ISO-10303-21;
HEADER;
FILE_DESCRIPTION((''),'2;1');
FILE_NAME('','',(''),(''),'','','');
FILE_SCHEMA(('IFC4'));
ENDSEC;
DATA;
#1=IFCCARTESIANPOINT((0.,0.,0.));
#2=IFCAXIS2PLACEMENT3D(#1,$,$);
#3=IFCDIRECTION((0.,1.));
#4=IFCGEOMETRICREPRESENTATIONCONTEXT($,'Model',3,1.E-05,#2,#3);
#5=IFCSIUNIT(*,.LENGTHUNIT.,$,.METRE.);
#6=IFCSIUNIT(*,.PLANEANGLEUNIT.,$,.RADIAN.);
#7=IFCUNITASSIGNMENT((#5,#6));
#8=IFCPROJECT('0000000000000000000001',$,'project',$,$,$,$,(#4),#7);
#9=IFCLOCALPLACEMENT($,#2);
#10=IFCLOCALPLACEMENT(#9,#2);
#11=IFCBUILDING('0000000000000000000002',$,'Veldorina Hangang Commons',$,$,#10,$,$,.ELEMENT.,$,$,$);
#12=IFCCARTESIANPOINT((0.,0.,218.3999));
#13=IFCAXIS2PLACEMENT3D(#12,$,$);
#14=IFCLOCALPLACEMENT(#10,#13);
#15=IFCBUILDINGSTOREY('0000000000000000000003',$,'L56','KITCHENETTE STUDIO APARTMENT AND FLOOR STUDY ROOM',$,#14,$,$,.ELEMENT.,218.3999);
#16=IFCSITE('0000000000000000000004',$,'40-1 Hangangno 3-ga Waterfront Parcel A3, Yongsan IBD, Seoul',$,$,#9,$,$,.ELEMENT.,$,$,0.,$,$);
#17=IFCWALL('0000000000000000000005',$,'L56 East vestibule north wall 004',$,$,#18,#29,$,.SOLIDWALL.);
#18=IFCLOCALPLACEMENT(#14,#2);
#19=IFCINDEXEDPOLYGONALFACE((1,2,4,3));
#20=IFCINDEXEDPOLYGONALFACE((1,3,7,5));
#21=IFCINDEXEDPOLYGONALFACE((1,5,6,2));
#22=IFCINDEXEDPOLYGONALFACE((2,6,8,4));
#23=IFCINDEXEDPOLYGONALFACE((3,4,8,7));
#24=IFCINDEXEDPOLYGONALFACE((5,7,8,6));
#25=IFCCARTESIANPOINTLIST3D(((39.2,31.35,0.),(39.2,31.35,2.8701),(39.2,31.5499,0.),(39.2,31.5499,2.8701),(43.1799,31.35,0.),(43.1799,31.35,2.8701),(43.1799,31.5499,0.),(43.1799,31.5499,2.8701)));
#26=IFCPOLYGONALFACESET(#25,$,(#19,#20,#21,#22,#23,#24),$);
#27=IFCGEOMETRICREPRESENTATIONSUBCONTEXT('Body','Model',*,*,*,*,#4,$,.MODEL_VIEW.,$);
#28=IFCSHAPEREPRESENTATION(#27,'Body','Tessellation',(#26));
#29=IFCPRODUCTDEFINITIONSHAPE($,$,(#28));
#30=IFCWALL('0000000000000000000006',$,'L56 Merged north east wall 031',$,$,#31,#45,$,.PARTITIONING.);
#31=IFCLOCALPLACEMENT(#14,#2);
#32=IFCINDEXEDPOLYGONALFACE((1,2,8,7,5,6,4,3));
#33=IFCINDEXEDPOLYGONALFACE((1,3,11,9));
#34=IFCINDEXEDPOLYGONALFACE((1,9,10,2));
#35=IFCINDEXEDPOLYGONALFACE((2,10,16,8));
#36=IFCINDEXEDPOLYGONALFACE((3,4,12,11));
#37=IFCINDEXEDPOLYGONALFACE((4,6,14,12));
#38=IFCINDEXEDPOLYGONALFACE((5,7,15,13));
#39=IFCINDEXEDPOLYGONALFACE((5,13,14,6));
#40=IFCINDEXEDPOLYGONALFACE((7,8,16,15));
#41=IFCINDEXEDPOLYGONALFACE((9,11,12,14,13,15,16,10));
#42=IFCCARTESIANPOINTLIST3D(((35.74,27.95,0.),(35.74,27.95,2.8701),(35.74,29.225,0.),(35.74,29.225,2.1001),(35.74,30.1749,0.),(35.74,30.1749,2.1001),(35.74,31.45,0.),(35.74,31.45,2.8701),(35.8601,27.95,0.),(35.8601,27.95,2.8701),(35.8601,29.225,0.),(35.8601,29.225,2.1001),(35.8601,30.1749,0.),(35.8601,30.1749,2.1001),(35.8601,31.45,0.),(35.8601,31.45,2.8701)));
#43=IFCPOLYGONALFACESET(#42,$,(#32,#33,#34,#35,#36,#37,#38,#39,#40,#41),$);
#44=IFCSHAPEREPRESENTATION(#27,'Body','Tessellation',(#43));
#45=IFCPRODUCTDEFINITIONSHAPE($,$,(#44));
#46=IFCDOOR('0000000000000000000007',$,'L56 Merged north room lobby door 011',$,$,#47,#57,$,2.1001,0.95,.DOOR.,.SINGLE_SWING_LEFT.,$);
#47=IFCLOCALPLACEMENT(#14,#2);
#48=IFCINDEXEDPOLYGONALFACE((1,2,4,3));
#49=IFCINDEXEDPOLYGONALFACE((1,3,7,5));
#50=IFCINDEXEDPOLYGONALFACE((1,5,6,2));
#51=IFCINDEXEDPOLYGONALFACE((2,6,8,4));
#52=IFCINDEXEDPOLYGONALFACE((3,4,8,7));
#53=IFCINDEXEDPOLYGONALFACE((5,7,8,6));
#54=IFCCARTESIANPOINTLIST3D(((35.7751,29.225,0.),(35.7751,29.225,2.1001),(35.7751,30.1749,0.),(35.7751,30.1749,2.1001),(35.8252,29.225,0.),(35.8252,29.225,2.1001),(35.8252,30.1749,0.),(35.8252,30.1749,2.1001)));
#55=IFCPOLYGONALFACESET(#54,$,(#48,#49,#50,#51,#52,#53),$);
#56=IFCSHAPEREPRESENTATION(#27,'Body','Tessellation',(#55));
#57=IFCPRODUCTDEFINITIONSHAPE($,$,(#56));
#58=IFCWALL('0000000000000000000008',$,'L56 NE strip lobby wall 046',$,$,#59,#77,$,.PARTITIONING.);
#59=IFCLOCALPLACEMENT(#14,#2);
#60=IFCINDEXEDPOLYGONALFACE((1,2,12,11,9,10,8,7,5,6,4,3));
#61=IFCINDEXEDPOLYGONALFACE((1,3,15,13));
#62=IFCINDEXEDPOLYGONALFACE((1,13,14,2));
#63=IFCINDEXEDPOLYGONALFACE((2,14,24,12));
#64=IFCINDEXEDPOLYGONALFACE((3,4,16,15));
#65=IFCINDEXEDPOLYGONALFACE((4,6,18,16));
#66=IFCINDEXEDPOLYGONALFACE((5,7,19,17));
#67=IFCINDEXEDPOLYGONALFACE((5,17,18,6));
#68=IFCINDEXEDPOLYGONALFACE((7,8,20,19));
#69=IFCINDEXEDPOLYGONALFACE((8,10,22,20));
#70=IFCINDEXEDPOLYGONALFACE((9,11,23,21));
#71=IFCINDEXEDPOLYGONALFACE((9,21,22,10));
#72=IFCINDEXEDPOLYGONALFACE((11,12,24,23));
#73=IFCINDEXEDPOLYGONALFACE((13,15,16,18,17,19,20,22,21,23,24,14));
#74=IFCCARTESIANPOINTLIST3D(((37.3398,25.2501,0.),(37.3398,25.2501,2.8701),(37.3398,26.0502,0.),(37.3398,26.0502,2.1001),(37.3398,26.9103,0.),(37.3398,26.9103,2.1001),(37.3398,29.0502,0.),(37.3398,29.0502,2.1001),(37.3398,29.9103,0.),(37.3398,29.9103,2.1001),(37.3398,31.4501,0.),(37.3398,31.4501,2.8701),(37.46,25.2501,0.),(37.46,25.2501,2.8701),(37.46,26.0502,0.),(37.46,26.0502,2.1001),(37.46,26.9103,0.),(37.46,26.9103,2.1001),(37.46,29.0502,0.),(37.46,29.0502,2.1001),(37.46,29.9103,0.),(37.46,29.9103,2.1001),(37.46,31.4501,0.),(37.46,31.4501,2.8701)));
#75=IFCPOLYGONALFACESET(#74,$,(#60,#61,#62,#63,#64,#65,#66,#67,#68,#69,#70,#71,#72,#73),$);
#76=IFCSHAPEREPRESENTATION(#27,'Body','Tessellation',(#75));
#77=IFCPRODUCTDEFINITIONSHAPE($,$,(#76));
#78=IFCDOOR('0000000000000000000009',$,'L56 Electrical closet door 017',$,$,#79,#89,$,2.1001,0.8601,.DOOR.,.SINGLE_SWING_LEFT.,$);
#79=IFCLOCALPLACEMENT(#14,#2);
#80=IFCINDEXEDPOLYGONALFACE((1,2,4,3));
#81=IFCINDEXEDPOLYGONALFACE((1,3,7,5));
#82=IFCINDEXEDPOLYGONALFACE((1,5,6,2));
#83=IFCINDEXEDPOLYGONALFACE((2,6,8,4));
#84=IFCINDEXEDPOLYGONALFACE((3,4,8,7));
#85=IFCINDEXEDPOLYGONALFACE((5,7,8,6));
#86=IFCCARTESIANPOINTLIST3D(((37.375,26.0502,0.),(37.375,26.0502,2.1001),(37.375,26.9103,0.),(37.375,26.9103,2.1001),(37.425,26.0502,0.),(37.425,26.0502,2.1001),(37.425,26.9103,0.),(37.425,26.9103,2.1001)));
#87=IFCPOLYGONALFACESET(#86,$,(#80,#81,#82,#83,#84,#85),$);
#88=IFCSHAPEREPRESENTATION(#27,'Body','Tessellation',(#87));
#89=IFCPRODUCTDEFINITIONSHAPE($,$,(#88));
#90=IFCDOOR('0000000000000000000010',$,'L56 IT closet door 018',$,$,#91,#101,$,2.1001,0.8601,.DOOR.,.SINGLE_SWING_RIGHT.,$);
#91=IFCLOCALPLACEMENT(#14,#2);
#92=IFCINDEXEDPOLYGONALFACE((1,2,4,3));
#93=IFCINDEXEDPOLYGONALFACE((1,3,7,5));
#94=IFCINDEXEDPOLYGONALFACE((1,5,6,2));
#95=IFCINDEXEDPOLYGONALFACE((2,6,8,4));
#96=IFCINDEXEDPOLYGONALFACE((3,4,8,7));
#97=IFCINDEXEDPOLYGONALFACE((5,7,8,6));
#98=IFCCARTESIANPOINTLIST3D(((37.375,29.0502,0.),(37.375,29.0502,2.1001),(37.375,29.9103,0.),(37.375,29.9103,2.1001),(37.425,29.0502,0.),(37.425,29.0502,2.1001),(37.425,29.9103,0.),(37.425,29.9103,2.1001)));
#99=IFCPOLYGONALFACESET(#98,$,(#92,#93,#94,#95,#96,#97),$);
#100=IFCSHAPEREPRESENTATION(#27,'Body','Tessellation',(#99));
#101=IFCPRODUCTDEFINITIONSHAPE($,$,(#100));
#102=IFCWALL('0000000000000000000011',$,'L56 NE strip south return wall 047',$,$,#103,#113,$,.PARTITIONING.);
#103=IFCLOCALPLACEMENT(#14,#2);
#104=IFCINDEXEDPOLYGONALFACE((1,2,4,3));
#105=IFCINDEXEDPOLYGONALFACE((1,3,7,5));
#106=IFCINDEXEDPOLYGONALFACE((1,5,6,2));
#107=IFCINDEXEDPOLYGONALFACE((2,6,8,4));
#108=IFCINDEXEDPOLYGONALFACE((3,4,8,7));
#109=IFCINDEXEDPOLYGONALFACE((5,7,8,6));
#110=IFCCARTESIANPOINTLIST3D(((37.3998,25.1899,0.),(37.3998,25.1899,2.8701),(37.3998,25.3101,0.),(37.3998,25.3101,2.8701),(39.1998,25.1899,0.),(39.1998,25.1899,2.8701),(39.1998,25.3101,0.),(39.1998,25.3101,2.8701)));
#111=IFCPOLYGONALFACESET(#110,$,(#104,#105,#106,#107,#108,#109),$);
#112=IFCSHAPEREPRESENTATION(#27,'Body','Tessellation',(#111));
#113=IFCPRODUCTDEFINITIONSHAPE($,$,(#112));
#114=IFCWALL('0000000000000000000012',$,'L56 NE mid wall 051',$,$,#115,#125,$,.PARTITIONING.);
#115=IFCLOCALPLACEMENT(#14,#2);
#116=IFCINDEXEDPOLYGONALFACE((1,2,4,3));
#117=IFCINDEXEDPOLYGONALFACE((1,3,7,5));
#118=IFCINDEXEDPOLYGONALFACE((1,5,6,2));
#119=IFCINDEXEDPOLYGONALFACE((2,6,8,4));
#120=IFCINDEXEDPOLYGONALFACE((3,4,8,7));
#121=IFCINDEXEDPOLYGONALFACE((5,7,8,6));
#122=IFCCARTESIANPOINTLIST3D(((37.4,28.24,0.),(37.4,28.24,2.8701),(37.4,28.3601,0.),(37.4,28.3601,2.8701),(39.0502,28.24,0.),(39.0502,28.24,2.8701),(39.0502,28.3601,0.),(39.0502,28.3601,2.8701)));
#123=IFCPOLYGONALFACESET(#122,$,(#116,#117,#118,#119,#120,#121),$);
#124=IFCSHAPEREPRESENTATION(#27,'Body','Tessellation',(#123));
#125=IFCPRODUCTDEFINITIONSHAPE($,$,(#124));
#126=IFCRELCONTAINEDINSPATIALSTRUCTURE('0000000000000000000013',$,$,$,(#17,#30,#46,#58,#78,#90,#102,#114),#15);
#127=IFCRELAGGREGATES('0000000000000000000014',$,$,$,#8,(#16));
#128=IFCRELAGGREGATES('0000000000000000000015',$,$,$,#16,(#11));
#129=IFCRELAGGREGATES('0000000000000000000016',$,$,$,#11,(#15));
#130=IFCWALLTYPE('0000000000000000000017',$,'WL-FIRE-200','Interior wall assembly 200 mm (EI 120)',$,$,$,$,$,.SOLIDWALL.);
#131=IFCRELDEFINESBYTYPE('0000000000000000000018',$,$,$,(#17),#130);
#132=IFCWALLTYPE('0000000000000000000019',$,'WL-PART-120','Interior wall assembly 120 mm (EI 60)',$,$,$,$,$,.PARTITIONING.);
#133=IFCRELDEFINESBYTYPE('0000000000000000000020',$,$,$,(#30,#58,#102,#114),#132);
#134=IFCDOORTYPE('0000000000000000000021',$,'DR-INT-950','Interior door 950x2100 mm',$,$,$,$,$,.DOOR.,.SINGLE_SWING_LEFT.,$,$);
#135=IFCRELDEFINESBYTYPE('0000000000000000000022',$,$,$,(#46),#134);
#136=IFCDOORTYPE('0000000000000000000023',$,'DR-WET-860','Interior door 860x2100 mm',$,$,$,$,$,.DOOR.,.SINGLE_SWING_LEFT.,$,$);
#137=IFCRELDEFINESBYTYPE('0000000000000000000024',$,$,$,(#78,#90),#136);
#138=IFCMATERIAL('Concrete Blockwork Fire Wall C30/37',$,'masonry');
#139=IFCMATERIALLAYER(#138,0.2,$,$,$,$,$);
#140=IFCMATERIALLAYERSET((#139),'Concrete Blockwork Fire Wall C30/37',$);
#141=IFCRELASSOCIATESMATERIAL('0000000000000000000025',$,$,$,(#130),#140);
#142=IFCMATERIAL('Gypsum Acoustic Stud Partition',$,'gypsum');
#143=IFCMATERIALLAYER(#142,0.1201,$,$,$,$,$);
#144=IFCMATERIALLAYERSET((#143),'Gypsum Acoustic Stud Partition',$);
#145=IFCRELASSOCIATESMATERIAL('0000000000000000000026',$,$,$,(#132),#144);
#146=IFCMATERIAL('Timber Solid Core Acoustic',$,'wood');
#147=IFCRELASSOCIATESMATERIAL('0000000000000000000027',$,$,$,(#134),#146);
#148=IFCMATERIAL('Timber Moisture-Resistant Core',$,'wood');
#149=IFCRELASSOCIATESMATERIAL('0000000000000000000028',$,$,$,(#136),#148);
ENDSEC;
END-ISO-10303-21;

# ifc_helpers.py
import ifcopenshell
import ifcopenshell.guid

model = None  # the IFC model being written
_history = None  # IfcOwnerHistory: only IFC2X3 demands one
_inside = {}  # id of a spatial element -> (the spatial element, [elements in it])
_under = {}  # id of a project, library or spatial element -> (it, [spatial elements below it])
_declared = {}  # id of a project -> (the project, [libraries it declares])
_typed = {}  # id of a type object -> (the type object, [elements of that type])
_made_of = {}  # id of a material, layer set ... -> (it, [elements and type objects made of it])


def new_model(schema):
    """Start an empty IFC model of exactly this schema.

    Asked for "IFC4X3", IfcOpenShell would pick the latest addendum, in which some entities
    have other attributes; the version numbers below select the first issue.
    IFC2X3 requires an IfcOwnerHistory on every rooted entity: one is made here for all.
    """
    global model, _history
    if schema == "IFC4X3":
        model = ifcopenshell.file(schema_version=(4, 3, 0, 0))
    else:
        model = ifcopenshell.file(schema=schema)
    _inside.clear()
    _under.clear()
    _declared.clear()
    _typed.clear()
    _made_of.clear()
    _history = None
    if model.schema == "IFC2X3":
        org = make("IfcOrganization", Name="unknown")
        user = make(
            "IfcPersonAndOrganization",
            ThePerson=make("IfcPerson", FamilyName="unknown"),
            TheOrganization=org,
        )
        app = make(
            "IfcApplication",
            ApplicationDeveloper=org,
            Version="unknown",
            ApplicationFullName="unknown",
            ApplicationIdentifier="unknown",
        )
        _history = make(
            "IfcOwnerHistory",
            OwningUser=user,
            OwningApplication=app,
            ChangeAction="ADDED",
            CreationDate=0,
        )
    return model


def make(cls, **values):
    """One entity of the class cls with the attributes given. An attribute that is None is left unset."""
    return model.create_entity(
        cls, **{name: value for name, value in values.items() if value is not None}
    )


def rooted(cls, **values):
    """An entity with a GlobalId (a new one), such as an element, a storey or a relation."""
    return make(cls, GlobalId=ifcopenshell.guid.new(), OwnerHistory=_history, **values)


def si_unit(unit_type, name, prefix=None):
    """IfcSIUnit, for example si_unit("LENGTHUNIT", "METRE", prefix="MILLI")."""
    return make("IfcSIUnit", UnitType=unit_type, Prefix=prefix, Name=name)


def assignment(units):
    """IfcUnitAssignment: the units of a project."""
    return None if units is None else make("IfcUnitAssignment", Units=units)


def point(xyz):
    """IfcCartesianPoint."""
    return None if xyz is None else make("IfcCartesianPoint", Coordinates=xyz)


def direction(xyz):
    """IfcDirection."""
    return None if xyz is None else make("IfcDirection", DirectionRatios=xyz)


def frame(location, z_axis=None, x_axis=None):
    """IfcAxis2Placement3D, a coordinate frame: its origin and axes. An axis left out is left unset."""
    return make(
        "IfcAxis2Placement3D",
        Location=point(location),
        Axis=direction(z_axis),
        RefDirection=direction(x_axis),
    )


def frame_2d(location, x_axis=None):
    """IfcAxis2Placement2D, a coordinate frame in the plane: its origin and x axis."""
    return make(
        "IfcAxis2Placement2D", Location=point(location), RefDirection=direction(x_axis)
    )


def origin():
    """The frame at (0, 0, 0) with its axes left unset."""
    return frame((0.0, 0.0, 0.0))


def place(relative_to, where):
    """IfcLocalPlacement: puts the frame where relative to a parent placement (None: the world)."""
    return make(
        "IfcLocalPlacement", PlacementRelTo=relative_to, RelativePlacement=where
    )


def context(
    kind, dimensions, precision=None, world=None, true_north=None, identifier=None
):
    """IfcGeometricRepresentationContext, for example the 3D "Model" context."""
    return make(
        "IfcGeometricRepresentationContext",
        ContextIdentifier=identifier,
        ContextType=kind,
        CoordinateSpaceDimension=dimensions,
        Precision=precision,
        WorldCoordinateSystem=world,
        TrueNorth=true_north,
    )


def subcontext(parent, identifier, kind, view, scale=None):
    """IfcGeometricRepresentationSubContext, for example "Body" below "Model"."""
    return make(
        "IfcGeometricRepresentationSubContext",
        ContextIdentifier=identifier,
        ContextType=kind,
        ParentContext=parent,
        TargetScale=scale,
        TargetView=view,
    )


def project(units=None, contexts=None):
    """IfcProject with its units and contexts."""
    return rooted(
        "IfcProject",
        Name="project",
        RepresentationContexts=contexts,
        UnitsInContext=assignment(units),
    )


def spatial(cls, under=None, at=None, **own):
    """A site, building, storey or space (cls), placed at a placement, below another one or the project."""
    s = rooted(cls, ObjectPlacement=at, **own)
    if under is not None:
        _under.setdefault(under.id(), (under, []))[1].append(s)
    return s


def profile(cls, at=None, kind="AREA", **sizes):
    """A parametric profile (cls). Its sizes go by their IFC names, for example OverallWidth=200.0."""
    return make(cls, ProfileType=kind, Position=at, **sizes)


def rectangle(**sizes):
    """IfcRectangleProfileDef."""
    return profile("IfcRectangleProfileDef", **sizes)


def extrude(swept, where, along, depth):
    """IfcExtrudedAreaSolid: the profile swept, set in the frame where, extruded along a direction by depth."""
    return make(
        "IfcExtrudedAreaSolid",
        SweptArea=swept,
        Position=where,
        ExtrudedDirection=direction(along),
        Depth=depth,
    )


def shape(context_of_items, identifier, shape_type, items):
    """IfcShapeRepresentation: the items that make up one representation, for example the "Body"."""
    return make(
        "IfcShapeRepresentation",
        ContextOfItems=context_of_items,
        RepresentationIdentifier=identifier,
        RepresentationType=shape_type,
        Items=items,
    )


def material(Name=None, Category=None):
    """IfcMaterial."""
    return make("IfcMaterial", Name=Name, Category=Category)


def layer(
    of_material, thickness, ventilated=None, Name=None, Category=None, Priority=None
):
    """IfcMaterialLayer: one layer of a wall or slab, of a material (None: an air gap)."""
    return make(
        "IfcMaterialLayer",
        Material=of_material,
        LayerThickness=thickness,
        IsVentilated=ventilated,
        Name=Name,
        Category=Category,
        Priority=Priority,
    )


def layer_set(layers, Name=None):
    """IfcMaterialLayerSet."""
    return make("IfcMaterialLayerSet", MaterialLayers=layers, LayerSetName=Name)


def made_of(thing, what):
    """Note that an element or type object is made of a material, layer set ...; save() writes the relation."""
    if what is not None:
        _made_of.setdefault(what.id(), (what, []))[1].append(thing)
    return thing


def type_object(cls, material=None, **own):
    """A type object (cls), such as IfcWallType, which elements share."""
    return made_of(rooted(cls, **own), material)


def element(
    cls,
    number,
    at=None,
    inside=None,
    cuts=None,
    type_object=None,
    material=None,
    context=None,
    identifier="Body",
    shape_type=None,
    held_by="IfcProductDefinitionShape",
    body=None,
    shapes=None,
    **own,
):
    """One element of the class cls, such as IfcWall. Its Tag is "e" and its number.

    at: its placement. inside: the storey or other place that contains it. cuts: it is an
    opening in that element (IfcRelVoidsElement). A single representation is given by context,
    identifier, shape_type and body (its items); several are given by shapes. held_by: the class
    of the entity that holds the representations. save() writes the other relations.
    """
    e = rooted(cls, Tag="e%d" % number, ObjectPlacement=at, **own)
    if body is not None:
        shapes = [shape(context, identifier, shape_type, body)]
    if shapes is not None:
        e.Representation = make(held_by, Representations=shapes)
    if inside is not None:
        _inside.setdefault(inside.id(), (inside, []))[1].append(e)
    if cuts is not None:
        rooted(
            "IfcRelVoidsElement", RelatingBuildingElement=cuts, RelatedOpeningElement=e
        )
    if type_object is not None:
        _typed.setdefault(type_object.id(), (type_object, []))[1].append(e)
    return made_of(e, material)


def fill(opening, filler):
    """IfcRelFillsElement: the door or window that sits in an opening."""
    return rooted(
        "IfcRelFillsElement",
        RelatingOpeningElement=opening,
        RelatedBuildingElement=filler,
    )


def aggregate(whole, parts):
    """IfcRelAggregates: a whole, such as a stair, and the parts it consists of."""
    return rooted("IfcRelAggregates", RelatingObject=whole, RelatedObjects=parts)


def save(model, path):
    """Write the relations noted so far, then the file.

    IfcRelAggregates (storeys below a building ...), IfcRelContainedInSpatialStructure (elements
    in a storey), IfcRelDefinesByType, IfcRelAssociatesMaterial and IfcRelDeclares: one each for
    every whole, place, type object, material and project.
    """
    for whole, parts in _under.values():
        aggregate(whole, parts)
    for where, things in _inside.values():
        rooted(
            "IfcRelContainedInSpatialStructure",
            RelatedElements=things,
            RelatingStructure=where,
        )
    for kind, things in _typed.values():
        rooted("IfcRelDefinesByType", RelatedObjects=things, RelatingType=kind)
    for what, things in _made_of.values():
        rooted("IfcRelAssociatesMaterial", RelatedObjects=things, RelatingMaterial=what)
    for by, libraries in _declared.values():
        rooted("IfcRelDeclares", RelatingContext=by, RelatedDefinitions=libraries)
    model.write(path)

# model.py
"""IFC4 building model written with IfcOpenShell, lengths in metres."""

from ifc_helpers import new_model, si_unit, direction, frame, frame_2d, origin, place, context, subcontext, project, spatial, rectangle, extrude, material, layer, layer_set, type_object, element, fill, save


model = new_model("IFC4")

# Units and contexts
model_context = context("Model", 3, precision=1e-05, world=origin(), true_north=direction((0.0, 1.0)))
body_context = subcontext(model_context, "Body", "Model", "MODEL_VIEW")
ifc_project = project(units=[si_unit("LENGTHUNIT", "METRE"), si_unit("PLANEANGLEUNIT", "RADIAN")], contexts=[model_context])

# Site, building, storey
site_placement = place(None, origin())
site = spatial("IfcSite", under=ifc_project, at=site_placement, Name="40-1 Hangangno 3-ga Waterfront Parcel A3, Yongsan IBD, Seoul", CompositionType="ELEMENT", RefElevation=0.0)
building_placement = place(site_placement, origin())
building = spatial("IfcBuilding", under=site, at=building_placement, Name="Veldorina Hangang Commons", CompositionType="ELEMENT")
storey_placement = place(building_placement, frame((0.0, 0.0, 218.3999)))
storey = spatial("IfcBuildingStorey", under=building, at=storey_placement, Name="L56", Description="KITCHENETTE STUDIO APARTMENT AND FLOOR STUDY ROOM", CompositionType="ELEMENT", Elevation=218.3999)

# Wall
ifc_material_1 = material(Name="Concrete Blockwork Fire Wall C30/37", Category="masonry")
ifc_layer_1 = layer(ifc_material_1, 0.2)
ifc_layer_set_1 = layer_set([ifc_layer_1], Name="Concrete Blockwork Fire Wall C30/37")
wall_type_1 = type_object("IfcWallType", Name="WL-FIRE-200", Description="Interior wall assembly 200 mm (EI 120)", PredefinedType="SOLIDWALL", material=ifc_layer_set_1)
wall_1_placement = place(storey_placement, frame((39.2, 31.45, 0.0), z_axis=(0.0, 0.0, 1.0), x_axis=(1.0, 0.0, 0.0)))
element("IfcWall", 1, at=wall_1_placement, inside=storey, type_object=wall_type_1, Name="L56 East vestibule north wall 004", PredefinedType="SOLIDWALL", context=body_context, shape_type="SweptSolid", body=[
    extrude(rectangle(XDim=3.98, YDim=0.2, at=frame_2d((1.99, 0.0))), origin(), (0.0, 0.0, 1.0), 2.8701),
])

# Wall, opening, door
ifc_material_2 = material(Name="Gypsum Acoustic Stud Partition", Category="gypsum")
ifc_layer_2 = layer(ifc_material_2, 0.1201)
ifc_layer_set_2 = layer_set([ifc_layer_2], Name="Gypsum Acoustic Stud Partition")
wall_type_2 = type_object("IfcWallType", Name="WL-PART-120", Description="Interior wall assembly 120 mm (EI 60)", PredefinedType="PARTITIONING", material=ifc_layer_set_2)
wall_2_placement = place(storey_placement, frame((35.8, 27.95, 0.0), z_axis=(0.0, 0.0, 1.0), x_axis=(0.0, 1.0, 0.0)))
wall_2 = element("IfcWall", 2, at=wall_2_placement, inside=storey, type_object=wall_type_2, Name="L56 Merged north east wall 031", PredefinedType="PARTITIONING", context=body_context, shape_type="SweptSolid", body=[
    extrude(rectangle(XDim=3.5, YDim=0.1201, at=frame_2d((1.75, 0.0))), origin(), (0.0, 0.0, 1.0), 2.8701),
])
opening_1_placement = place(wall_2_placement, frame((1.2749, 0.0, 0.0)))
opening_1 = element("IfcOpeningElement", 3, at=opening_1_placement, cuts=wall_2, PredefinedType="OPENING", context=body_context, shape_type="SweptSolid", body=[
    extrude(rectangle(XDim=0.95, YDim=2.1001, at=frame_2d((0.4751, 1.05))), frame((0.0, 0.0701, 0.0), z_axis=(0.0, -1.0, 0.0), x_axis=(1.0, 0.0, 0.0)), (0.0, 0.0, 1.0), 0.1401),
])
ifc_material_3 = material(Name="Timber Solid Core Acoustic", Category="wood")
door_type_1 = type_object("IfcDoorType", Name="DR-INT-950", Description="Interior door 950x2100 mm", OperationType="SINGLE_SWING_LEFT", PredefinedType="DOOR", material=ifc_material_3)
door_1_placement = place(opening_1_placement, origin())
door_1 = element("IfcDoor", 4, at=door_1_placement, inside=storey, type_object=door_type_1, Name="L56 Merged north room lobby door 011", OperationType="SINGLE_SWING_LEFT", OverallHeight=2.1001, OverallWidth=0.95, PredefinedType="DOOR", context=body_context, shape_type="SweptSolid", body=[
    extrude(rectangle(XDim=0.95, YDim=2.1001, at=frame_2d((0.4751, 1.05))), frame((0.0, 0.0249, 0.0), z_axis=(0.0, -1.0, 0.0), x_axis=(1.0, 0.0, 0.0)), (0.0, 0.0, 1.0), 0.05),
])
fill(opening_1, door_1)

# Wall, openings, doors
wall_3_placement = place(storey_placement, frame((37.3999, 25.25, 0.0), z_axis=(0.0, 0.0, 1.0), x_axis=(0.0, 1.0, 0.0)))
wall_3 = element("IfcWall", 5, at=wall_3_placement, inside=storey, type_object=wall_type_2, Name="L56 NE strip lobby wall 046", PredefinedType="PARTITIONING", context=body_context, shape_type="SweptSolid", body=[
    extrude(rectangle(XDim=6.2, YDim=0.1201, at=frame_2d((3.1001, 0.0))), origin(), (0.0, 0.0, 1.0), 2.8701),
])
opening_2_placement = place(wall_3_placement, frame((0.8, 0.0, 0.0)))
opening_2 = element("IfcOpeningElement", 6, at=opening_2_placement, cuts=wall_3, PredefinedType="OPENING", context=body_context, shape_type="SweptSolid", body=[
    extrude(rectangle(XDim=0.8601, YDim=2.1001, at=frame_2d((0.4302, 1.05))), frame((0.0, 0.0701, 0.0), z_axis=(0.0, -1.0, 0.0), x_axis=(1.0, 0.0, 0.0)), (0.0, 0.0, 1.0), 0.1401),
])
opening_3_placement = place(wall_3_placement, frame((3.8, 0.0, 0.0)))
opening_3 = element("IfcOpeningElement", 7, at=opening_3_placement, cuts=wall_3, PredefinedType="OPENING", context=body_context, shape_type="SweptSolid", body=[
    extrude(rectangle(XDim=0.8601, YDim=2.1001, at=frame_2d((0.4302, 1.05))), frame((0.0, 0.0701, 0.0), z_axis=(0.0, -1.0, 0.0), x_axis=(1.0, 0.0, 0.0)), (0.0, 0.0, 1.0), 0.1401),
])
ifc_material_4 = material(Name="Timber Moisture-Resistant Core", Category="wood")
door_type_2 = type_object("IfcDoorType", Name="DR-WET-860", Description="Interior door 860x2100 mm", OperationType="SINGLE_SWING_LEFT", PredefinedType="DOOR", material=ifc_material_4)
door_2_placement = place(opening_2_placement, origin())
door_2 = element("IfcDoor", 8, at=door_2_placement, inside=storey, type_object=door_type_2, Name="L56 Electrical closet door 017", OperationType="SINGLE_SWING_LEFT", OverallHeight=2.1001, OverallWidth=0.8601, PredefinedType="DOOR", context=body_context, shape_type="SweptSolid", body=[
    extrude(rectangle(XDim=0.8601, YDim=2.1001, at=frame_2d((0.4302, 1.05))), frame((0.0, 0.0249, 0.0), z_axis=(0.0, -1.0, 0.0), x_axis=(1.0, 0.0, 0.0)), (0.0, 0.0, 1.0), 0.05),
])
fill(opening_2, door_2)
door_3_placement = place(opening_3_placement, origin())
door_3 = element("IfcDoor", 9, at=door_3_placement, inside=storey, type_object=door_type_2, Name="L56 IT closet door 018", OperationType="SINGLE_SWING_RIGHT", OverallHeight=2.1001, OverallWidth=0.8601, PredefinedType="DOOR", context=body_context, shape_type="SweptSolid", body=[
    extrude(rectangle(XDim=0.8601, YDim=2.1001, at=frame_2d((0.4302, 1.05))), frame((0.0, 0.0249, 0.0), z_axis=(0.0, -1.0, 0.0), x_axis=(1.0, 0.0, 0.0)), (0.0, 0.0, 1.0), 0.05),
])
fill(opening_3, door_3)

# Walls
wall_4_placement = place(storey_placement, frame((37.3999, 25.25, 0.0), z_axis=(0.0, 0.0, 1.0), x_axis=(1.0, 0.0, 0.0)))
element("IfcWall", 10, at=wall_4_placement, inside=storey, type_object=wall_type_2, Name="L56 NE strip south return wall 047", PredefinedType="PARTITIONING", context=body_context, shape_type="SweptSolid", body=[
    extrude(rectangle(XDim=1.8, YDim=0.1201, at=frame_2d((0.8999, 0.0))), origin(), (0.0, 0.0, 1.0), 2.8701),
])
wall_5_placement = place(storey_placement, frame((37.3999, 28.3, 0.0), z_axis=(0.0, 0.0, 1.0), x_axis=(1.0, 0.0, 0.0)))
element("IfcWall", 11, at=wall_5_placement, inside=storey, type_object=wall_type_2, Name="L56 NE mid wall 051", PredefinedType="PARTITIONING", context=body_context, shape_type="SweptSolid", body=[
    extrude(rectangle(XDim=1.6501, YDim=0.1201, at=frame_2d((0.8252, 0.0))), origin(), (0.0, 0.0, 1.0), 2.8701),
])

save(model, "model.ifc")
